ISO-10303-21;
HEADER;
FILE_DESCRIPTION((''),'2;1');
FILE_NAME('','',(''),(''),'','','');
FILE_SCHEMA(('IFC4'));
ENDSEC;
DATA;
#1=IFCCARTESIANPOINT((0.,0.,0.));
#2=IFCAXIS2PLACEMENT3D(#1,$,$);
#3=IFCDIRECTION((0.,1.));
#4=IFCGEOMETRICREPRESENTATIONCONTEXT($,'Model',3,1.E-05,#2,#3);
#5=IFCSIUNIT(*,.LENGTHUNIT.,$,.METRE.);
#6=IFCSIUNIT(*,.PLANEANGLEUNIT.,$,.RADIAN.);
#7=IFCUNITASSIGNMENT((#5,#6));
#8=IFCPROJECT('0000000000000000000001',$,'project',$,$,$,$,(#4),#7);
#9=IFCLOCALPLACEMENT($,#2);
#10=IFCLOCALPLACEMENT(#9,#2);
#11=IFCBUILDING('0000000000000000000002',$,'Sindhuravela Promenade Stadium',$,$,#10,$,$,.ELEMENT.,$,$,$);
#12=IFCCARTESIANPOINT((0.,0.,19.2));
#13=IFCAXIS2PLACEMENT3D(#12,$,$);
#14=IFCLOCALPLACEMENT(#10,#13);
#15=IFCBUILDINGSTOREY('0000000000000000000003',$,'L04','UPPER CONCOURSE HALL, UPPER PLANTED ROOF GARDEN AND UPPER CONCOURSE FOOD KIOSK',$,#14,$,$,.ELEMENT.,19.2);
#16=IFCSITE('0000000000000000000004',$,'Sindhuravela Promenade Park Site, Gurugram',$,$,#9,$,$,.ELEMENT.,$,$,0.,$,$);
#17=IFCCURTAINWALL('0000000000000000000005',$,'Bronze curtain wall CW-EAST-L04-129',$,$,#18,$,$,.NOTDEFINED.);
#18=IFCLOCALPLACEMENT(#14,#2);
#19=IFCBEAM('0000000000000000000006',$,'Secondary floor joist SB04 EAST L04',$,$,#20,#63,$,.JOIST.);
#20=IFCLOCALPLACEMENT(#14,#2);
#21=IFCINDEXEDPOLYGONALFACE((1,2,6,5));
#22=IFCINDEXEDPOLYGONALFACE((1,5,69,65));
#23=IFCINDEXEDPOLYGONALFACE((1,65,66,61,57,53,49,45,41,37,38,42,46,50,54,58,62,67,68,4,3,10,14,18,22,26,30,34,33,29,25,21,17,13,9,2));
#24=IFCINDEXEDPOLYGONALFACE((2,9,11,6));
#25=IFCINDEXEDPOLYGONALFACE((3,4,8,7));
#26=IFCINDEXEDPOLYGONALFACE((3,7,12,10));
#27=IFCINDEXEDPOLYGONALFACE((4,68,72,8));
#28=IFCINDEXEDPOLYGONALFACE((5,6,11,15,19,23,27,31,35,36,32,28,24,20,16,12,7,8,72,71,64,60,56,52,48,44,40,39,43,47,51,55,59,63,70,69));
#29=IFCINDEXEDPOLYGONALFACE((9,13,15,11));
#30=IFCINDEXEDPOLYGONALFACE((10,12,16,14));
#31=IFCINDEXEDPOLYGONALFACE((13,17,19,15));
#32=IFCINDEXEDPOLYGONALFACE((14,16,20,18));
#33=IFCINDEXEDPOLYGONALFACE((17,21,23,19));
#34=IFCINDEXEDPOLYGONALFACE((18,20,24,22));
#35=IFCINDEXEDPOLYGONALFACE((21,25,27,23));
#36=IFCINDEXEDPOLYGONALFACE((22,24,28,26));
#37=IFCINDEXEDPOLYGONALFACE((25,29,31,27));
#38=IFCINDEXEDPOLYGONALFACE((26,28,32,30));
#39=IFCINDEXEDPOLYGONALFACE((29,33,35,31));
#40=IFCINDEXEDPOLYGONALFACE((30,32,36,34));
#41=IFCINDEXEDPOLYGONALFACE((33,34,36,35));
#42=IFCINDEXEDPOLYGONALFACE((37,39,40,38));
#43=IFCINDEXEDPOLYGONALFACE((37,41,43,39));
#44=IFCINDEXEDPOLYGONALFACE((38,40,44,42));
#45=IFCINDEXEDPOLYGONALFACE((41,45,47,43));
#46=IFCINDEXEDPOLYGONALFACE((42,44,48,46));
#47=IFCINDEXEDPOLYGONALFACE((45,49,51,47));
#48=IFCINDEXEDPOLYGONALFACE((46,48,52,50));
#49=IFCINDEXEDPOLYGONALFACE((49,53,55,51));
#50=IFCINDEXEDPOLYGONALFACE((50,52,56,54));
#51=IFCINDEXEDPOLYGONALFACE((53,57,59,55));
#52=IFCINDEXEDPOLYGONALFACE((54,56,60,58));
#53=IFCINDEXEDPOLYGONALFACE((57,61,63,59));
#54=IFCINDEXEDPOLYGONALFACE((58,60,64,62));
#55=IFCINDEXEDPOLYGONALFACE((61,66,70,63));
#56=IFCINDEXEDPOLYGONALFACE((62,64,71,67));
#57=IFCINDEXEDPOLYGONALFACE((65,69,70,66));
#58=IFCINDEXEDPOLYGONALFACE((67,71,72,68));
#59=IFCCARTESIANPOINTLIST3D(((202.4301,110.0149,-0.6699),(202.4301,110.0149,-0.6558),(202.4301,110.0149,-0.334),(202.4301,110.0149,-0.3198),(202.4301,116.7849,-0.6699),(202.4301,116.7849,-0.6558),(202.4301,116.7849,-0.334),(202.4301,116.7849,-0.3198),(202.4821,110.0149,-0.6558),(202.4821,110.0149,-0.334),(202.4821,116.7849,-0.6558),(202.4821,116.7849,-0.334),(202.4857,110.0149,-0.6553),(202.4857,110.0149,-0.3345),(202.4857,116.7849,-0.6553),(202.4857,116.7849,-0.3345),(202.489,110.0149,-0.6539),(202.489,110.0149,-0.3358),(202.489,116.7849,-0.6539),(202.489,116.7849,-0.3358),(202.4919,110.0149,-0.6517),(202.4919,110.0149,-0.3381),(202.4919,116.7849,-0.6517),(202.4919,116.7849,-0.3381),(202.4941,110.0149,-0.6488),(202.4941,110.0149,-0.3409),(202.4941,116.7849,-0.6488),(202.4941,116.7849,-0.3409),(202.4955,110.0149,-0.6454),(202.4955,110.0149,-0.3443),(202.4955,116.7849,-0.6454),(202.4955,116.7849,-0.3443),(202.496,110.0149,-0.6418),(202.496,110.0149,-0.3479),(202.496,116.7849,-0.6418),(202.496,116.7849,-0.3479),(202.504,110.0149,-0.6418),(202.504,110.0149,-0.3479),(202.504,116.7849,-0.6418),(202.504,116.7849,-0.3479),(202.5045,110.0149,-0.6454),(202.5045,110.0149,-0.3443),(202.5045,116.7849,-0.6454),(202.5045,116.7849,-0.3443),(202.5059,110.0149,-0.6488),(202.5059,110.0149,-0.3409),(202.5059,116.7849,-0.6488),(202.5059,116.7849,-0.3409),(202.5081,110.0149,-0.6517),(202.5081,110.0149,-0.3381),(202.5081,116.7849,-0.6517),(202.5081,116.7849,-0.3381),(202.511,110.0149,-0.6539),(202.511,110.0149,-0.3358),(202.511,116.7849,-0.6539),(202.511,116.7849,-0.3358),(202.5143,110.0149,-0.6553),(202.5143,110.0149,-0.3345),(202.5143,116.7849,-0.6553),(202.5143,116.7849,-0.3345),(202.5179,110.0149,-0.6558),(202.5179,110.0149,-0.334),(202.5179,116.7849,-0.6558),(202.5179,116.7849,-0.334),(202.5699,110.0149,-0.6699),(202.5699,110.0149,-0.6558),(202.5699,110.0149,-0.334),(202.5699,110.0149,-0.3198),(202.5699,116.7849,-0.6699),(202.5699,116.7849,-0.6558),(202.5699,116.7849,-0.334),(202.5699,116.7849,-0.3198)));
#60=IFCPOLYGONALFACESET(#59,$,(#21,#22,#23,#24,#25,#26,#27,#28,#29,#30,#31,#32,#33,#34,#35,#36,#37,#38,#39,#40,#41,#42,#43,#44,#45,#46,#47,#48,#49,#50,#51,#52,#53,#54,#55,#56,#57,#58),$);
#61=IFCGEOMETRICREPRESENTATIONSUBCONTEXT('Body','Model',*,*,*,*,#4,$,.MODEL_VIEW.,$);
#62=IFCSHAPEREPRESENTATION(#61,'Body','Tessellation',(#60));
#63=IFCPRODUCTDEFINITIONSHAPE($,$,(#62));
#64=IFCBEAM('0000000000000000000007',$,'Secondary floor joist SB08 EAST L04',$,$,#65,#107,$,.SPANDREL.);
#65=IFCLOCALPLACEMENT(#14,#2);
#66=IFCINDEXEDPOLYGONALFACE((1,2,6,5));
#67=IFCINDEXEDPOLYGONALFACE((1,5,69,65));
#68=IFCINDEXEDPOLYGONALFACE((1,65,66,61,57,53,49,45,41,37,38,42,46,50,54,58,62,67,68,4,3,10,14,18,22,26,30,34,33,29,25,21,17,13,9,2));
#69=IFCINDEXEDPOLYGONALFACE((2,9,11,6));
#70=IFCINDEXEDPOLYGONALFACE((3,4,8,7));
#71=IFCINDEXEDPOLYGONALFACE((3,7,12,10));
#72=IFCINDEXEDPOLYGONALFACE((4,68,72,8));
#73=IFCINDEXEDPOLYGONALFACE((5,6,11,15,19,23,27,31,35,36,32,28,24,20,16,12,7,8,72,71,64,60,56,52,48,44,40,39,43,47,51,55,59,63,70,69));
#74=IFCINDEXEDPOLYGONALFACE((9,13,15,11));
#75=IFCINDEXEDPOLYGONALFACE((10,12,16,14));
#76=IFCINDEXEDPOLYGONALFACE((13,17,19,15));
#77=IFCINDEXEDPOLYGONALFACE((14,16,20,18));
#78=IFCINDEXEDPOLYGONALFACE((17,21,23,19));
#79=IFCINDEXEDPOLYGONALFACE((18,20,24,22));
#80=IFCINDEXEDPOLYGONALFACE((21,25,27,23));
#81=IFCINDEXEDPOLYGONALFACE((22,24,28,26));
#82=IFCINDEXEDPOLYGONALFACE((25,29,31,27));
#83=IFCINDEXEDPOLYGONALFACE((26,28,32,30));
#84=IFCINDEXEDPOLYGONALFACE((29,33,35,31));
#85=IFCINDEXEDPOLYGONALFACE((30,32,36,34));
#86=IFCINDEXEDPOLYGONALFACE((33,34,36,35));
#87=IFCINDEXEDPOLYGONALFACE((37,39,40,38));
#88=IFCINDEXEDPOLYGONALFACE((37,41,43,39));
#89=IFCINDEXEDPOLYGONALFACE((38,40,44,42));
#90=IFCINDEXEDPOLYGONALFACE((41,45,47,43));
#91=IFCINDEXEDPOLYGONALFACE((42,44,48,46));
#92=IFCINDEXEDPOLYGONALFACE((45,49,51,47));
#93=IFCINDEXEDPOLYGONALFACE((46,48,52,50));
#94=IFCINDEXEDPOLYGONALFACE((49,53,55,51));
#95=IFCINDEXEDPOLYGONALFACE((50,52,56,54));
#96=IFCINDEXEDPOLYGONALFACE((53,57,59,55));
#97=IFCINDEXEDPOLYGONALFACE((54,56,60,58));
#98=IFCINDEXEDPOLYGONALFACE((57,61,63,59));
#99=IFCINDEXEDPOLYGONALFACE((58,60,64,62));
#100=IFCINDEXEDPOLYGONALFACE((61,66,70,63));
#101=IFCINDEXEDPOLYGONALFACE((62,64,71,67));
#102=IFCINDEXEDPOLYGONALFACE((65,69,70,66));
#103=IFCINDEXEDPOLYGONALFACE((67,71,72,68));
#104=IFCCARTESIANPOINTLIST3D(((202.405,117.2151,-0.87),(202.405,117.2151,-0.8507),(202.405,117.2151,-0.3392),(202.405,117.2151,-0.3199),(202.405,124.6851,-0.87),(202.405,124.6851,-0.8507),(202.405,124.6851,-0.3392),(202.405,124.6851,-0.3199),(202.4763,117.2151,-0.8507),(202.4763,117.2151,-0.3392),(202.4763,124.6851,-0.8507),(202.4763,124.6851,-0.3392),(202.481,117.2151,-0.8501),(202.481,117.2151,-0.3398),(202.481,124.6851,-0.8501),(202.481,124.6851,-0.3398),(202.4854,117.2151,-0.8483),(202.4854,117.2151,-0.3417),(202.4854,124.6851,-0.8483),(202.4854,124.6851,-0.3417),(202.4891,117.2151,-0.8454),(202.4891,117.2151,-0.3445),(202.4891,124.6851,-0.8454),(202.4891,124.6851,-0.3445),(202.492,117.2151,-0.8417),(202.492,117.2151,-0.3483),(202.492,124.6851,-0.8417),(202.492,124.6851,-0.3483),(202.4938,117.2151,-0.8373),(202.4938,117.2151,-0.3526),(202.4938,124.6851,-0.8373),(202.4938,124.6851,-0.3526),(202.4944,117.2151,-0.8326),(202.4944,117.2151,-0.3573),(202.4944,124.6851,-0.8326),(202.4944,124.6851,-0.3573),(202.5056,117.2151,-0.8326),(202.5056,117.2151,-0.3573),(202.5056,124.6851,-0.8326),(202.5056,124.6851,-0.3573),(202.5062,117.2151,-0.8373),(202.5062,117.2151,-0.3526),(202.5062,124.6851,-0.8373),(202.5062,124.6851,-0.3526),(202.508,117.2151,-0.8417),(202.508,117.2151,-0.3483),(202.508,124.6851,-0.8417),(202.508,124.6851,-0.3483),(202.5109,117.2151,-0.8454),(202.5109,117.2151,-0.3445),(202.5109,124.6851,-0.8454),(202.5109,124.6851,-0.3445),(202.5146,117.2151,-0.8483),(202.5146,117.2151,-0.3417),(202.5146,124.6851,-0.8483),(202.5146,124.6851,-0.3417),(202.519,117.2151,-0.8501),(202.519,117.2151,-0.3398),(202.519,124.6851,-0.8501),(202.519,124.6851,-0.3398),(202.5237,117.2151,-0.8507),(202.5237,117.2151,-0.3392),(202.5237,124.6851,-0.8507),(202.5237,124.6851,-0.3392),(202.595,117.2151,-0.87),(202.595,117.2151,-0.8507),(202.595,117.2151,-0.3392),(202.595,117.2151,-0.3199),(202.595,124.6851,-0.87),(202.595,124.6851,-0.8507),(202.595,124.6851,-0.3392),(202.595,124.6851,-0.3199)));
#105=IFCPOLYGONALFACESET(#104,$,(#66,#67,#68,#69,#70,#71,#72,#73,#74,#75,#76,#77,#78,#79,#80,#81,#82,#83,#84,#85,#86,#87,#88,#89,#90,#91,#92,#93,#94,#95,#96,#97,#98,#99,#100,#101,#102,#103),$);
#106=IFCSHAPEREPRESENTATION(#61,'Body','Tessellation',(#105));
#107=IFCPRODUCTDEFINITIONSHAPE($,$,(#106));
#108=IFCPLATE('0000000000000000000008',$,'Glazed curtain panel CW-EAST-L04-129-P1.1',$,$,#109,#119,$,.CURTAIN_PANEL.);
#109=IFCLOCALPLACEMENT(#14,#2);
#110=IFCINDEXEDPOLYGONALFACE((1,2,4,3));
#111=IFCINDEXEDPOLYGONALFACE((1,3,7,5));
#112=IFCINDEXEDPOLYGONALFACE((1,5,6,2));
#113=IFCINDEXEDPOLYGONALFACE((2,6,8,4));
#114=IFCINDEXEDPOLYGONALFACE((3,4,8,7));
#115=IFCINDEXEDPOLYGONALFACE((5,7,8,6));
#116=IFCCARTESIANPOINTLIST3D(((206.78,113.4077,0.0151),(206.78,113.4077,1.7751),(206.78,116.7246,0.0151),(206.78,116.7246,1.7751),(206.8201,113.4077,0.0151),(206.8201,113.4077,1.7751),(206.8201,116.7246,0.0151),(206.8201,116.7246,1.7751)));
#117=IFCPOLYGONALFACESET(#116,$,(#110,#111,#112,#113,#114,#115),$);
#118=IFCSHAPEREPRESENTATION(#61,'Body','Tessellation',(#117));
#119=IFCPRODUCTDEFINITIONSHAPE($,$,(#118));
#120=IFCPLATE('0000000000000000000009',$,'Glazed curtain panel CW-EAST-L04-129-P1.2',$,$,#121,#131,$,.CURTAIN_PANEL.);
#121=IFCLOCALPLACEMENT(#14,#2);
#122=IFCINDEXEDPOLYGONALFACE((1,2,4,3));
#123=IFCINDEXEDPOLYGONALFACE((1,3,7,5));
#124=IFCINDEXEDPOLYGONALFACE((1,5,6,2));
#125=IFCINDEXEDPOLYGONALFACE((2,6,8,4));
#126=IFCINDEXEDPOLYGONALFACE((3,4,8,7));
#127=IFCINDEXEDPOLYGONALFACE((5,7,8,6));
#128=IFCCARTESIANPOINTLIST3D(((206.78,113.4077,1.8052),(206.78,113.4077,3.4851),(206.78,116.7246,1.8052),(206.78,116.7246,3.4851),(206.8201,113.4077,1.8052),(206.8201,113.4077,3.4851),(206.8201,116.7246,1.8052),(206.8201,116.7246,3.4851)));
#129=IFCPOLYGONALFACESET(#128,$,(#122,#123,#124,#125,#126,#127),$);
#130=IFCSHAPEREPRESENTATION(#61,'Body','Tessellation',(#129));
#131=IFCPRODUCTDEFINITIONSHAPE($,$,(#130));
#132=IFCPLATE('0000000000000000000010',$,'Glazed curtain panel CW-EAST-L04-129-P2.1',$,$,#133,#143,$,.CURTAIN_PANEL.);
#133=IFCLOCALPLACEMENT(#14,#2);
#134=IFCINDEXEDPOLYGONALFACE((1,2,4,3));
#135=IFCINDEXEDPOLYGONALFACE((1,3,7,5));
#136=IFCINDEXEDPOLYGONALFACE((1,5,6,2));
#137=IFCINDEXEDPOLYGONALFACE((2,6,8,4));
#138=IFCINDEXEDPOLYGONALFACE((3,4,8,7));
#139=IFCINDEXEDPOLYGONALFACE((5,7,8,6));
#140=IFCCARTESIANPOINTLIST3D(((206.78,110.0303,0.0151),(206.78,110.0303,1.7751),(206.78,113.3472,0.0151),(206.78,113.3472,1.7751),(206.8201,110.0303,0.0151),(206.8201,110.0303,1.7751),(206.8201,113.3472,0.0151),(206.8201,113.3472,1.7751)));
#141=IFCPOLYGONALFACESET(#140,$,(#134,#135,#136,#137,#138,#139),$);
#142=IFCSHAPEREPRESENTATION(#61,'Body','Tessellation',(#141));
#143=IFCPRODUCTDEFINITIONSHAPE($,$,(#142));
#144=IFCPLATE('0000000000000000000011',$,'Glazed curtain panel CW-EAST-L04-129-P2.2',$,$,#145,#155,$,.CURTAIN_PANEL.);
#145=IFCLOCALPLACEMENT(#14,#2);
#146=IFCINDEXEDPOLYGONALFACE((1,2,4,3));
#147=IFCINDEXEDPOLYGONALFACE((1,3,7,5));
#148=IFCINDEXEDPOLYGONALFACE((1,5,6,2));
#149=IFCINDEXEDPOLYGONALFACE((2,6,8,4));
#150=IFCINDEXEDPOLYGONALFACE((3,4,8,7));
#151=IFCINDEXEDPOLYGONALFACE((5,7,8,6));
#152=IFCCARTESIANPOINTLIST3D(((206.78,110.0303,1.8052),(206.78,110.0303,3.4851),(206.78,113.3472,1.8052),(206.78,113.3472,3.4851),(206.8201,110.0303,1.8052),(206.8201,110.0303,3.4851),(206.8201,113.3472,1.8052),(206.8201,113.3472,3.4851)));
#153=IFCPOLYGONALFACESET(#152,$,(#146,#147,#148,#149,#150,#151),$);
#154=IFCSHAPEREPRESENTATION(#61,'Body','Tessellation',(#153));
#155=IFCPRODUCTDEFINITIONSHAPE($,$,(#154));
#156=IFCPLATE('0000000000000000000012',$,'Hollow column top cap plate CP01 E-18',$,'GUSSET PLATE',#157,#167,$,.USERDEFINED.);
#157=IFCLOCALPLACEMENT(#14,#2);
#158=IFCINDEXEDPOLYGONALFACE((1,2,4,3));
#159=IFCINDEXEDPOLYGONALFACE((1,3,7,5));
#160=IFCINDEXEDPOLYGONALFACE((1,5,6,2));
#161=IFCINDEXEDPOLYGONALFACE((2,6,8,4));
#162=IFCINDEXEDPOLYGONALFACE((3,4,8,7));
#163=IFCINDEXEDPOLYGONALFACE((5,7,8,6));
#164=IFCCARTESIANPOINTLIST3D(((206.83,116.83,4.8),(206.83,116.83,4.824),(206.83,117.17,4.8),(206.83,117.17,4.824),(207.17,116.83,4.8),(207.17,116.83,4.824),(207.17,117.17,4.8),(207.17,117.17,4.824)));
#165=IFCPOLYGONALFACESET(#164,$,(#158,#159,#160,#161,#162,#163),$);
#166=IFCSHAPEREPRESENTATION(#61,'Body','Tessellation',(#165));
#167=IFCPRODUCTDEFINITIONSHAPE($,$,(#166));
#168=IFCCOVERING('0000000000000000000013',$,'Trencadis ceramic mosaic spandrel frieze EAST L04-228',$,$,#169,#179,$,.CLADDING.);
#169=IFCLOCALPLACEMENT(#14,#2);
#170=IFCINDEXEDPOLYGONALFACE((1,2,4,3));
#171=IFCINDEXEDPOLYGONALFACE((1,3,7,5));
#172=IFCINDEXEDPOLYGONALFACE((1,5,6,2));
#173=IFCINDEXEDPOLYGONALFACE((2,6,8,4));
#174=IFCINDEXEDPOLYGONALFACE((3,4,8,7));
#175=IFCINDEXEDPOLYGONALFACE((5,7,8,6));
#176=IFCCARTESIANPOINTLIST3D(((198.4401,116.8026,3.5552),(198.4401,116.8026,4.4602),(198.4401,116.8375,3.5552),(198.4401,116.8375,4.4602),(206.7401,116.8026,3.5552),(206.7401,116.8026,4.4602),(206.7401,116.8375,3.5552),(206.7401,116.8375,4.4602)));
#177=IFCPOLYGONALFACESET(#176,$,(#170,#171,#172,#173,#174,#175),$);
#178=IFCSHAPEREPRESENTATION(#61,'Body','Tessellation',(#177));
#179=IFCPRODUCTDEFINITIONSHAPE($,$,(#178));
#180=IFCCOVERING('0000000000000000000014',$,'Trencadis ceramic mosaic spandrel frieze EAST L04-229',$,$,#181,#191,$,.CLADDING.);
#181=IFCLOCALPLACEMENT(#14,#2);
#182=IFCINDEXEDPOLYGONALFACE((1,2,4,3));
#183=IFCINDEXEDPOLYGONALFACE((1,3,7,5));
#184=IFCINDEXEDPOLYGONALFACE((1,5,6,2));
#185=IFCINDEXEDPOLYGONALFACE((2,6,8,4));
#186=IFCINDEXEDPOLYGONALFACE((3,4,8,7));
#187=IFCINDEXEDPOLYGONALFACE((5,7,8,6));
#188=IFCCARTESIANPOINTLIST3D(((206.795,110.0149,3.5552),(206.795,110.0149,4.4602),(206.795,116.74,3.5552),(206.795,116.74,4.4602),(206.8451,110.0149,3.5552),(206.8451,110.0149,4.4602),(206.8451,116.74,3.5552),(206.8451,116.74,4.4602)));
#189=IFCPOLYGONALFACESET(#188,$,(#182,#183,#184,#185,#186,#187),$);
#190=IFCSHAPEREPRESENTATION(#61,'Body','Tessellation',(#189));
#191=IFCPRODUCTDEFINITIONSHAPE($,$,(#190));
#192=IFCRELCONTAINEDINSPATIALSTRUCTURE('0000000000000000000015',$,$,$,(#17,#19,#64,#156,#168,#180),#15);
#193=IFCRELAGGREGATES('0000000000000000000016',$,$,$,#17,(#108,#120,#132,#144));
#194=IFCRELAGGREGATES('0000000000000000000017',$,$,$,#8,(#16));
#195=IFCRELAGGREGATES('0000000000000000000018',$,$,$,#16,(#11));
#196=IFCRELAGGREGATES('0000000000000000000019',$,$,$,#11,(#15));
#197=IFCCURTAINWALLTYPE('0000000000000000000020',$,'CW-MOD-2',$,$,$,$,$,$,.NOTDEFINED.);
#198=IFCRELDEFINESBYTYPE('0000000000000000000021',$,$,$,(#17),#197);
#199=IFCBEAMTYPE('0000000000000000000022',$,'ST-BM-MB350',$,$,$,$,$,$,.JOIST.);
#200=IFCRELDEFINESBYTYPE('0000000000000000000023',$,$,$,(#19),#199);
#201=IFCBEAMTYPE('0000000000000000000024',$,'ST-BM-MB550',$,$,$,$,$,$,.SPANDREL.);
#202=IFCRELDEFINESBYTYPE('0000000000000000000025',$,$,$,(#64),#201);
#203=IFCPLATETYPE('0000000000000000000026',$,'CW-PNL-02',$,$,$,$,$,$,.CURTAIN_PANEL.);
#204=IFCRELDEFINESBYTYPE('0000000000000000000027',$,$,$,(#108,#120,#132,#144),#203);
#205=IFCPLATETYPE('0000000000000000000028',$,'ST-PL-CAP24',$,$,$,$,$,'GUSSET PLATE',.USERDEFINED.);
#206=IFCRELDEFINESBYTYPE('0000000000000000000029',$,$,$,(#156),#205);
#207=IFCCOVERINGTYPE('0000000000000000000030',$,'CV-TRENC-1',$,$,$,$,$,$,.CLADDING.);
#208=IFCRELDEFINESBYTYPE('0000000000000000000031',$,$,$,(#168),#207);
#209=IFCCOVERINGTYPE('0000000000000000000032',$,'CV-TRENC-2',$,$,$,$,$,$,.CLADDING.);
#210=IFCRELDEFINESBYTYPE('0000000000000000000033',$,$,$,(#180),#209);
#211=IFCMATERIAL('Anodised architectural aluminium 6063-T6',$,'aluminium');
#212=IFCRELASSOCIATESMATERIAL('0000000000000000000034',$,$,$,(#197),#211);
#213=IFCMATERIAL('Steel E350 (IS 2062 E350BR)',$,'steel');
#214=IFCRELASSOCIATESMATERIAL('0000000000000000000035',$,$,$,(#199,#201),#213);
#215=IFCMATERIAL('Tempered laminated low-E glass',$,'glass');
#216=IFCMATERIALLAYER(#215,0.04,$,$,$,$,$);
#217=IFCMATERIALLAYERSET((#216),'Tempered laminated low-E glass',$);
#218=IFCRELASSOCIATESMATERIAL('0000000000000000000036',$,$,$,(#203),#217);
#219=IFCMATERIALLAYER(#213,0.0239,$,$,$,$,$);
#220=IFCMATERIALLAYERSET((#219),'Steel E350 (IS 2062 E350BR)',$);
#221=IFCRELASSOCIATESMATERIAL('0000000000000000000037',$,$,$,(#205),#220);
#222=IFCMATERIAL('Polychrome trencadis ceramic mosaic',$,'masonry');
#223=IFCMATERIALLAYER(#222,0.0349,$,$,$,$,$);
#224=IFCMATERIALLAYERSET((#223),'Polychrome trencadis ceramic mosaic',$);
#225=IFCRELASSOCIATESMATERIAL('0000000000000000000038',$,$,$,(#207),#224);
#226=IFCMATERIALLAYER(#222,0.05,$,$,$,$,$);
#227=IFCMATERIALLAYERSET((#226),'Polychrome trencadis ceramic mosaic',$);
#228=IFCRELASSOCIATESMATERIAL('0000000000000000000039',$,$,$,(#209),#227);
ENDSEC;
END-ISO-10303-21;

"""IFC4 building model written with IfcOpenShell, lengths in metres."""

from ifc_helpers import new_model, si_unit, direction, frame, origin, origin_2d, place, context, subcontext, project, spatial, rectangle, i_section, extrude, material, layer, layer_set, material_profile, profile_set, type_object, element, aggregate, save


model = new_model("IFC4")

# Units and contexts
model_context = context("Model", 3, precision=1e-05, world=origin(), true_north=direction((0.0, 1.0)))
body_context = subcontext(model_context, "Body", "Model", "MODEL_VIEW")
ifc_project = project(units=[si_unit("LENGTHUNIT", "METRE"), si_unit("PLANEANGLEUNIT", "RADIAN")], contexts=[model_context])

# Site, building, storey
site_placement = place(None, origin())
site = spatial("IfcSite", under=ifc_project, at=site_placement, Name="Sindhuravela Promenade Park Site, Gurugram", CompositionType="ELEMENT", RefElevation=0.0)
building_placement = place(site_placement, origin())
building = spatial("IfcBuilding", under=site, at=building_placement, Name="Sindhuravela Promenade Stadium", CompositionType="ELEMENT")
storey_placement = place(building_placement, frame((0.0, 0.0, 19.2)))
storey = spatial("IfcBuildingStorey", under=building, at=storey_placement, Name="L04", Description="UPPER CONCOURSE HALL, UPPER PLANTED ROOF GARDEN AND UPPER CONCOURSE FOOD KIOSK", CompositionType="ELEMENT", Elevation=19.2)

# Shared definitions
ifc_material_1 = material(Name="Steel E350 (IS 2062 E350BR)", Category="steel")

# Curtain wall
ifc_material_2 = material(Name="Anodised architectural aluminium 6063-T6", Category="aluminium")
curtain_wall_type_1 = type_object("IfcCurtainWallType", Name="CW-MOD-2", PredefinedType="NOTDEFINED", material=ifc_material_2)
curtain_wall_1_placement = place(storey_placement, origin())
curtain_wall_1 = element("IfcCurtainWall", 1, at=curtain_wall_1_placement, inside=storey, type_object=curtain_wall_type_1, Name="Bronze curtain wall CW-EAST-L04-129", PredefinedType="NOTDEFINED")

# Beams
ifc_material_profile_1 = material_profile(ifc_material_1, i_section(OverallWidth=0.1399, OverallDepth=0.3501, WebThickness=0.0081, FlangeThickness=0.0142, FilletRadius=0.0139, at=origin_2d()), Name="ISMB 350")
ifc_profile_set_1 = profile_set([ifc_material_profile_1], Name="Steel E350 (IS 2062 E350BR)")
beam_type_1 = type_object("IfcBeamType", Name="ST-BM-MB350", PredefinedType="JOIST", material=ifc_profile_set_1)
beam_1_placement = place(storey_placement, frame((202.5, 110.0149, -0.4949), z_axis=(0.0, 1.0, 0.0), x_axis=(-1.0, 0.0, 0.0)))
element("IfcBeam", 2, at=beam_1_placement, inside=storey, type_object=beam_type_1, Name="Secondary floor joist SB04 EAST L04", PredefinedType="JOIST", context=body_context, shape_type="SweptSolid", body=[
    extrude(i_section(OverallWidth=0.1399, OverallDepth=0.3501, WebThickness=0.0081, FlangeThickness=0.0142, FilletRadius=0.0139, at=origin_2d()), origin(), (0.0, 0.0, 1.0), 6.77),
])
ifc_material_profile_2 = material_profile(ifc_material_1, i_section(OverallWidth=0.1899, OverallDepth=0.55, WebThickness=0.0112, FlangeThickness=0.0193, FilletRadius=0.0181, at=origin_2d()), Name="ISMB 550")
ifc_profile_set_2 = profile_set([ifc_material_profile_2], Name="Steel E350 (IS 2062 E350BR)")
beam_type_2 = type_object("IfcBeamType", Name="ST-BM-MB550", PredefinedType="SPANDREL", material=ifc_profile_set_2)
beam_2_placement = place(storey_placement, frame((202.5, 117.2151, -0.595), z_axis=(0.0, 1.0, 0.0), x_axis=(-1.0, 0.0, 0.0)))
element("IfcBeam", 3, at=beam_2_placement, inside=storey, type_object=beam_type_2, Name="Secondary floor joist SB08 EAST L04", PredefinedType="SPANDREL", context=body_context, shape_type="SweptSolid", body=[
    extrude(i_section(OverallWidth=0.1899, OverallDepth=0.55, WebThickness=0.0112, FlangeThickness=0.0193, FilletRadius=0.0181, at=origin_2d()), origin(), (0.0, 0.0, 1.0), 7.47),
])

# Plates
ifc_material_3 = material(Name="Tempered laminated low-E glass", Category="glass")
ifc_layer_1 = layer(ifc_material_3, 0.04)
ifc_layer_set_1 = layer_set([ifc_layer_1], Name="Tempered laminated low-E glass")
plate_type_1 = type_object("IfcPlateType", Name="CW-PNL-02", PredefinedType="CURTAIN_PANEL", material=ifc_layer_set_1)
plate_1_placement = place(storey_placement, frame((206.8, 115.0662, 0.0151), z_axis=(0.0, 0.0, 1.0), x_axis=(0.0, -1.0, 0.0)))
plate_1 = element("IfcPlate", 4, at=plate_1_placement, type_object=plate_type_1, Name="Glazed curtain panel CW-EAST-L04-129-P1.1", PredefinedType="CURTAIN_PANEL", context=body_context, shape_type="SweptSolid", body=[
    extrude(rectangle(XDim=3.3169, YDim=0.04, at=origin_2d()), origin(), (0.0, 0.0, 1.0), 1.76),
])
plate_2_placement = place(storey_placement, frame((206.8, 115.0662, 1.8052), z_axis=(0.0, 0.0, 1.0), x_axis=(0.0, -1.0, 0.0)))
plate_2 = element("IfcPlate", 5, at=plate_2_placement, type_object=plate_type_1, Name="Glazed curtain panel CW-EAST-L04-129-P1.2", PredefinedType="CURTAIN_PANEL", context=body_context, shape_type="SweptSolid", body=[
    extrude(rectangle(XDim=3.3169, YDim=0.04, at=origin_2d()), origin(), (0.0, 0.0, 1.0), 1.6799),
])
plate_3_placement = place(storey_placement, frame((206.8, 111.6887, 0.0151), z_axis=(0.0, 0.0, 1.0), x_axis=(0.0, -1.0, 0.0)))
plate_3 = element("IfcPlate", 6, at=plate_3_placement, type_object=plate_type_1, Name="Glazed curtain panel CW-EAST-L04-129-P2.1", PredefinedType="CURTAIN_PANEL", context=body_context, shape_type="SweptSolid", body=[
    extrude(rectangle(XDim=3.3169, YDim=0.04, at=origin_2d()), origin(), (0.0, 0.0, 1.0), 1.76),
])
plate_4_placement = place(storey_placement, frame((206.8, 111.6887, 1.8052), z_axis=(0.0, 0.0, 1.0), x_axis=(0.0, -1.0, 0.0)))
plate_4 = element("IfcPlate", 7, at=plate_4_placement, type_object=plate_type_1, Name="Glazed curtain panel CW-EAST-L04-129-P2.2", PredefinedType="CURTAIN_PANEL", context=body_context, shape_type="SweptSolid", body=[
    extrude(rectangle(XDim=3.3169, YDim=0.04, at=origin_2d()), origin(), (0.0, 0.0, 1.0), 1.6799),
])
aggregate(curtain_wall_1, [plate_1, plate_2, plate_3, plate_4])
ifc_layer_2 = layer(ifc_material_1, 0.0239)
ifc_layer_set_2 = layer_set([ifc_layer_2], Name="Steel E350 (IS 2062 E350BR)")
plate_type_2 = type_object("IfcPlateType", Name="ST-PL-CAP24", ElementType="GUSSET PLATE", PredefinedType="USERDEFINED", material=ifc_layer_set_2)
plate_5_placement = place(storey_placement, frame((207.0, 117.0, 4.8), z_axis=(0.0, 0.0, 1.0), x_axis=(1.0, 0.0, 0.0)))
element("IfcPlate", 8, at=plate_5_placement, inside=storey, type_object=plate_type_2, Name="Hollow column top cap plate CP01 E-18", ObjectType="GUSSET PLATE", PredefinedType="USERDEFINED", context=body_context, shape_type="SweptSolid", body=[
    extrude(rectangle(XDim=0.3401, YDim=0.3401, at=origin_2d()), origin(), (0.0, 0.0, 1.0), 0.0239),
])

# Coverings
ifc_material_4 = material(Name="Polychrome trencadis ceramic mosaic", Category="masonry")
ifc_layer_3 = layer(ifc_material_4, 0.0349)
ifc_layer_set_3 = layer_set([ifc_layer_3], Name="Polychrome trencadis ceramic mosaic")
covering_type_1 = type_object("IfcCoveringType", Name="CV-TRENC-1", PredefinedType="CLADDING", material=ifc_layer_set_3)
covering_1_placement = place(storey_placement, frame((202.5901, 116.8201, 3.5552), z_axis=(0.0, 0.0, 1.0), x_axis=(1.0, 0.0, 0.0)))
element("IfcCovering", 9, at=covering_1_placement, inside=storey, type_object=covering_type_1, Name="Trencadis ceramic mosaic spandrel frieze EAST L04-228", PredefinedType="CLADDING", context=body_context, shape_type="SweptSolid", body=[
    extrude(rectangle(XDim=8.3, YDim=0.0349, at=origin_2d()), origin(), (0.0, 0.0, 1.0), 0.905),
])
ifc_layer_4 = layer(ifc_material_4, 0.05)
ifc_layer_set_4 = layer_set([ifc_layer_4], Name="Polychrome trencadis ceramic mosaic")
covering_type_2 = type_object("IfcCoveringType", Name="CV-TRENC-2", PredefinedType="CLADDING", material=ifc_layer_set_4)
covering_2_placement = place(storey_placement, frame((206.8201, 113.3774, 3.5552), z_axis=(0.0, 0.0, 1.0), x_axis=(0.0, -1.0, 0.0)))
element("IfcCovering", 10, at=covering_2_placement, inside=storey, type_object=covering_type_2, Name="Trencadis ceramic mosaic spandrel frieze EAST L04-229", PredefinedType="CLADDING", context=body_context, shape_type="SweptSolid", body=[
    extrude(rectangle(XDim=6.7251, YDim=0.05, at=origin_2d()), origin(), (0.0, 0.0, 1.0), 0.905),
])

save(model, "model.ifc")
